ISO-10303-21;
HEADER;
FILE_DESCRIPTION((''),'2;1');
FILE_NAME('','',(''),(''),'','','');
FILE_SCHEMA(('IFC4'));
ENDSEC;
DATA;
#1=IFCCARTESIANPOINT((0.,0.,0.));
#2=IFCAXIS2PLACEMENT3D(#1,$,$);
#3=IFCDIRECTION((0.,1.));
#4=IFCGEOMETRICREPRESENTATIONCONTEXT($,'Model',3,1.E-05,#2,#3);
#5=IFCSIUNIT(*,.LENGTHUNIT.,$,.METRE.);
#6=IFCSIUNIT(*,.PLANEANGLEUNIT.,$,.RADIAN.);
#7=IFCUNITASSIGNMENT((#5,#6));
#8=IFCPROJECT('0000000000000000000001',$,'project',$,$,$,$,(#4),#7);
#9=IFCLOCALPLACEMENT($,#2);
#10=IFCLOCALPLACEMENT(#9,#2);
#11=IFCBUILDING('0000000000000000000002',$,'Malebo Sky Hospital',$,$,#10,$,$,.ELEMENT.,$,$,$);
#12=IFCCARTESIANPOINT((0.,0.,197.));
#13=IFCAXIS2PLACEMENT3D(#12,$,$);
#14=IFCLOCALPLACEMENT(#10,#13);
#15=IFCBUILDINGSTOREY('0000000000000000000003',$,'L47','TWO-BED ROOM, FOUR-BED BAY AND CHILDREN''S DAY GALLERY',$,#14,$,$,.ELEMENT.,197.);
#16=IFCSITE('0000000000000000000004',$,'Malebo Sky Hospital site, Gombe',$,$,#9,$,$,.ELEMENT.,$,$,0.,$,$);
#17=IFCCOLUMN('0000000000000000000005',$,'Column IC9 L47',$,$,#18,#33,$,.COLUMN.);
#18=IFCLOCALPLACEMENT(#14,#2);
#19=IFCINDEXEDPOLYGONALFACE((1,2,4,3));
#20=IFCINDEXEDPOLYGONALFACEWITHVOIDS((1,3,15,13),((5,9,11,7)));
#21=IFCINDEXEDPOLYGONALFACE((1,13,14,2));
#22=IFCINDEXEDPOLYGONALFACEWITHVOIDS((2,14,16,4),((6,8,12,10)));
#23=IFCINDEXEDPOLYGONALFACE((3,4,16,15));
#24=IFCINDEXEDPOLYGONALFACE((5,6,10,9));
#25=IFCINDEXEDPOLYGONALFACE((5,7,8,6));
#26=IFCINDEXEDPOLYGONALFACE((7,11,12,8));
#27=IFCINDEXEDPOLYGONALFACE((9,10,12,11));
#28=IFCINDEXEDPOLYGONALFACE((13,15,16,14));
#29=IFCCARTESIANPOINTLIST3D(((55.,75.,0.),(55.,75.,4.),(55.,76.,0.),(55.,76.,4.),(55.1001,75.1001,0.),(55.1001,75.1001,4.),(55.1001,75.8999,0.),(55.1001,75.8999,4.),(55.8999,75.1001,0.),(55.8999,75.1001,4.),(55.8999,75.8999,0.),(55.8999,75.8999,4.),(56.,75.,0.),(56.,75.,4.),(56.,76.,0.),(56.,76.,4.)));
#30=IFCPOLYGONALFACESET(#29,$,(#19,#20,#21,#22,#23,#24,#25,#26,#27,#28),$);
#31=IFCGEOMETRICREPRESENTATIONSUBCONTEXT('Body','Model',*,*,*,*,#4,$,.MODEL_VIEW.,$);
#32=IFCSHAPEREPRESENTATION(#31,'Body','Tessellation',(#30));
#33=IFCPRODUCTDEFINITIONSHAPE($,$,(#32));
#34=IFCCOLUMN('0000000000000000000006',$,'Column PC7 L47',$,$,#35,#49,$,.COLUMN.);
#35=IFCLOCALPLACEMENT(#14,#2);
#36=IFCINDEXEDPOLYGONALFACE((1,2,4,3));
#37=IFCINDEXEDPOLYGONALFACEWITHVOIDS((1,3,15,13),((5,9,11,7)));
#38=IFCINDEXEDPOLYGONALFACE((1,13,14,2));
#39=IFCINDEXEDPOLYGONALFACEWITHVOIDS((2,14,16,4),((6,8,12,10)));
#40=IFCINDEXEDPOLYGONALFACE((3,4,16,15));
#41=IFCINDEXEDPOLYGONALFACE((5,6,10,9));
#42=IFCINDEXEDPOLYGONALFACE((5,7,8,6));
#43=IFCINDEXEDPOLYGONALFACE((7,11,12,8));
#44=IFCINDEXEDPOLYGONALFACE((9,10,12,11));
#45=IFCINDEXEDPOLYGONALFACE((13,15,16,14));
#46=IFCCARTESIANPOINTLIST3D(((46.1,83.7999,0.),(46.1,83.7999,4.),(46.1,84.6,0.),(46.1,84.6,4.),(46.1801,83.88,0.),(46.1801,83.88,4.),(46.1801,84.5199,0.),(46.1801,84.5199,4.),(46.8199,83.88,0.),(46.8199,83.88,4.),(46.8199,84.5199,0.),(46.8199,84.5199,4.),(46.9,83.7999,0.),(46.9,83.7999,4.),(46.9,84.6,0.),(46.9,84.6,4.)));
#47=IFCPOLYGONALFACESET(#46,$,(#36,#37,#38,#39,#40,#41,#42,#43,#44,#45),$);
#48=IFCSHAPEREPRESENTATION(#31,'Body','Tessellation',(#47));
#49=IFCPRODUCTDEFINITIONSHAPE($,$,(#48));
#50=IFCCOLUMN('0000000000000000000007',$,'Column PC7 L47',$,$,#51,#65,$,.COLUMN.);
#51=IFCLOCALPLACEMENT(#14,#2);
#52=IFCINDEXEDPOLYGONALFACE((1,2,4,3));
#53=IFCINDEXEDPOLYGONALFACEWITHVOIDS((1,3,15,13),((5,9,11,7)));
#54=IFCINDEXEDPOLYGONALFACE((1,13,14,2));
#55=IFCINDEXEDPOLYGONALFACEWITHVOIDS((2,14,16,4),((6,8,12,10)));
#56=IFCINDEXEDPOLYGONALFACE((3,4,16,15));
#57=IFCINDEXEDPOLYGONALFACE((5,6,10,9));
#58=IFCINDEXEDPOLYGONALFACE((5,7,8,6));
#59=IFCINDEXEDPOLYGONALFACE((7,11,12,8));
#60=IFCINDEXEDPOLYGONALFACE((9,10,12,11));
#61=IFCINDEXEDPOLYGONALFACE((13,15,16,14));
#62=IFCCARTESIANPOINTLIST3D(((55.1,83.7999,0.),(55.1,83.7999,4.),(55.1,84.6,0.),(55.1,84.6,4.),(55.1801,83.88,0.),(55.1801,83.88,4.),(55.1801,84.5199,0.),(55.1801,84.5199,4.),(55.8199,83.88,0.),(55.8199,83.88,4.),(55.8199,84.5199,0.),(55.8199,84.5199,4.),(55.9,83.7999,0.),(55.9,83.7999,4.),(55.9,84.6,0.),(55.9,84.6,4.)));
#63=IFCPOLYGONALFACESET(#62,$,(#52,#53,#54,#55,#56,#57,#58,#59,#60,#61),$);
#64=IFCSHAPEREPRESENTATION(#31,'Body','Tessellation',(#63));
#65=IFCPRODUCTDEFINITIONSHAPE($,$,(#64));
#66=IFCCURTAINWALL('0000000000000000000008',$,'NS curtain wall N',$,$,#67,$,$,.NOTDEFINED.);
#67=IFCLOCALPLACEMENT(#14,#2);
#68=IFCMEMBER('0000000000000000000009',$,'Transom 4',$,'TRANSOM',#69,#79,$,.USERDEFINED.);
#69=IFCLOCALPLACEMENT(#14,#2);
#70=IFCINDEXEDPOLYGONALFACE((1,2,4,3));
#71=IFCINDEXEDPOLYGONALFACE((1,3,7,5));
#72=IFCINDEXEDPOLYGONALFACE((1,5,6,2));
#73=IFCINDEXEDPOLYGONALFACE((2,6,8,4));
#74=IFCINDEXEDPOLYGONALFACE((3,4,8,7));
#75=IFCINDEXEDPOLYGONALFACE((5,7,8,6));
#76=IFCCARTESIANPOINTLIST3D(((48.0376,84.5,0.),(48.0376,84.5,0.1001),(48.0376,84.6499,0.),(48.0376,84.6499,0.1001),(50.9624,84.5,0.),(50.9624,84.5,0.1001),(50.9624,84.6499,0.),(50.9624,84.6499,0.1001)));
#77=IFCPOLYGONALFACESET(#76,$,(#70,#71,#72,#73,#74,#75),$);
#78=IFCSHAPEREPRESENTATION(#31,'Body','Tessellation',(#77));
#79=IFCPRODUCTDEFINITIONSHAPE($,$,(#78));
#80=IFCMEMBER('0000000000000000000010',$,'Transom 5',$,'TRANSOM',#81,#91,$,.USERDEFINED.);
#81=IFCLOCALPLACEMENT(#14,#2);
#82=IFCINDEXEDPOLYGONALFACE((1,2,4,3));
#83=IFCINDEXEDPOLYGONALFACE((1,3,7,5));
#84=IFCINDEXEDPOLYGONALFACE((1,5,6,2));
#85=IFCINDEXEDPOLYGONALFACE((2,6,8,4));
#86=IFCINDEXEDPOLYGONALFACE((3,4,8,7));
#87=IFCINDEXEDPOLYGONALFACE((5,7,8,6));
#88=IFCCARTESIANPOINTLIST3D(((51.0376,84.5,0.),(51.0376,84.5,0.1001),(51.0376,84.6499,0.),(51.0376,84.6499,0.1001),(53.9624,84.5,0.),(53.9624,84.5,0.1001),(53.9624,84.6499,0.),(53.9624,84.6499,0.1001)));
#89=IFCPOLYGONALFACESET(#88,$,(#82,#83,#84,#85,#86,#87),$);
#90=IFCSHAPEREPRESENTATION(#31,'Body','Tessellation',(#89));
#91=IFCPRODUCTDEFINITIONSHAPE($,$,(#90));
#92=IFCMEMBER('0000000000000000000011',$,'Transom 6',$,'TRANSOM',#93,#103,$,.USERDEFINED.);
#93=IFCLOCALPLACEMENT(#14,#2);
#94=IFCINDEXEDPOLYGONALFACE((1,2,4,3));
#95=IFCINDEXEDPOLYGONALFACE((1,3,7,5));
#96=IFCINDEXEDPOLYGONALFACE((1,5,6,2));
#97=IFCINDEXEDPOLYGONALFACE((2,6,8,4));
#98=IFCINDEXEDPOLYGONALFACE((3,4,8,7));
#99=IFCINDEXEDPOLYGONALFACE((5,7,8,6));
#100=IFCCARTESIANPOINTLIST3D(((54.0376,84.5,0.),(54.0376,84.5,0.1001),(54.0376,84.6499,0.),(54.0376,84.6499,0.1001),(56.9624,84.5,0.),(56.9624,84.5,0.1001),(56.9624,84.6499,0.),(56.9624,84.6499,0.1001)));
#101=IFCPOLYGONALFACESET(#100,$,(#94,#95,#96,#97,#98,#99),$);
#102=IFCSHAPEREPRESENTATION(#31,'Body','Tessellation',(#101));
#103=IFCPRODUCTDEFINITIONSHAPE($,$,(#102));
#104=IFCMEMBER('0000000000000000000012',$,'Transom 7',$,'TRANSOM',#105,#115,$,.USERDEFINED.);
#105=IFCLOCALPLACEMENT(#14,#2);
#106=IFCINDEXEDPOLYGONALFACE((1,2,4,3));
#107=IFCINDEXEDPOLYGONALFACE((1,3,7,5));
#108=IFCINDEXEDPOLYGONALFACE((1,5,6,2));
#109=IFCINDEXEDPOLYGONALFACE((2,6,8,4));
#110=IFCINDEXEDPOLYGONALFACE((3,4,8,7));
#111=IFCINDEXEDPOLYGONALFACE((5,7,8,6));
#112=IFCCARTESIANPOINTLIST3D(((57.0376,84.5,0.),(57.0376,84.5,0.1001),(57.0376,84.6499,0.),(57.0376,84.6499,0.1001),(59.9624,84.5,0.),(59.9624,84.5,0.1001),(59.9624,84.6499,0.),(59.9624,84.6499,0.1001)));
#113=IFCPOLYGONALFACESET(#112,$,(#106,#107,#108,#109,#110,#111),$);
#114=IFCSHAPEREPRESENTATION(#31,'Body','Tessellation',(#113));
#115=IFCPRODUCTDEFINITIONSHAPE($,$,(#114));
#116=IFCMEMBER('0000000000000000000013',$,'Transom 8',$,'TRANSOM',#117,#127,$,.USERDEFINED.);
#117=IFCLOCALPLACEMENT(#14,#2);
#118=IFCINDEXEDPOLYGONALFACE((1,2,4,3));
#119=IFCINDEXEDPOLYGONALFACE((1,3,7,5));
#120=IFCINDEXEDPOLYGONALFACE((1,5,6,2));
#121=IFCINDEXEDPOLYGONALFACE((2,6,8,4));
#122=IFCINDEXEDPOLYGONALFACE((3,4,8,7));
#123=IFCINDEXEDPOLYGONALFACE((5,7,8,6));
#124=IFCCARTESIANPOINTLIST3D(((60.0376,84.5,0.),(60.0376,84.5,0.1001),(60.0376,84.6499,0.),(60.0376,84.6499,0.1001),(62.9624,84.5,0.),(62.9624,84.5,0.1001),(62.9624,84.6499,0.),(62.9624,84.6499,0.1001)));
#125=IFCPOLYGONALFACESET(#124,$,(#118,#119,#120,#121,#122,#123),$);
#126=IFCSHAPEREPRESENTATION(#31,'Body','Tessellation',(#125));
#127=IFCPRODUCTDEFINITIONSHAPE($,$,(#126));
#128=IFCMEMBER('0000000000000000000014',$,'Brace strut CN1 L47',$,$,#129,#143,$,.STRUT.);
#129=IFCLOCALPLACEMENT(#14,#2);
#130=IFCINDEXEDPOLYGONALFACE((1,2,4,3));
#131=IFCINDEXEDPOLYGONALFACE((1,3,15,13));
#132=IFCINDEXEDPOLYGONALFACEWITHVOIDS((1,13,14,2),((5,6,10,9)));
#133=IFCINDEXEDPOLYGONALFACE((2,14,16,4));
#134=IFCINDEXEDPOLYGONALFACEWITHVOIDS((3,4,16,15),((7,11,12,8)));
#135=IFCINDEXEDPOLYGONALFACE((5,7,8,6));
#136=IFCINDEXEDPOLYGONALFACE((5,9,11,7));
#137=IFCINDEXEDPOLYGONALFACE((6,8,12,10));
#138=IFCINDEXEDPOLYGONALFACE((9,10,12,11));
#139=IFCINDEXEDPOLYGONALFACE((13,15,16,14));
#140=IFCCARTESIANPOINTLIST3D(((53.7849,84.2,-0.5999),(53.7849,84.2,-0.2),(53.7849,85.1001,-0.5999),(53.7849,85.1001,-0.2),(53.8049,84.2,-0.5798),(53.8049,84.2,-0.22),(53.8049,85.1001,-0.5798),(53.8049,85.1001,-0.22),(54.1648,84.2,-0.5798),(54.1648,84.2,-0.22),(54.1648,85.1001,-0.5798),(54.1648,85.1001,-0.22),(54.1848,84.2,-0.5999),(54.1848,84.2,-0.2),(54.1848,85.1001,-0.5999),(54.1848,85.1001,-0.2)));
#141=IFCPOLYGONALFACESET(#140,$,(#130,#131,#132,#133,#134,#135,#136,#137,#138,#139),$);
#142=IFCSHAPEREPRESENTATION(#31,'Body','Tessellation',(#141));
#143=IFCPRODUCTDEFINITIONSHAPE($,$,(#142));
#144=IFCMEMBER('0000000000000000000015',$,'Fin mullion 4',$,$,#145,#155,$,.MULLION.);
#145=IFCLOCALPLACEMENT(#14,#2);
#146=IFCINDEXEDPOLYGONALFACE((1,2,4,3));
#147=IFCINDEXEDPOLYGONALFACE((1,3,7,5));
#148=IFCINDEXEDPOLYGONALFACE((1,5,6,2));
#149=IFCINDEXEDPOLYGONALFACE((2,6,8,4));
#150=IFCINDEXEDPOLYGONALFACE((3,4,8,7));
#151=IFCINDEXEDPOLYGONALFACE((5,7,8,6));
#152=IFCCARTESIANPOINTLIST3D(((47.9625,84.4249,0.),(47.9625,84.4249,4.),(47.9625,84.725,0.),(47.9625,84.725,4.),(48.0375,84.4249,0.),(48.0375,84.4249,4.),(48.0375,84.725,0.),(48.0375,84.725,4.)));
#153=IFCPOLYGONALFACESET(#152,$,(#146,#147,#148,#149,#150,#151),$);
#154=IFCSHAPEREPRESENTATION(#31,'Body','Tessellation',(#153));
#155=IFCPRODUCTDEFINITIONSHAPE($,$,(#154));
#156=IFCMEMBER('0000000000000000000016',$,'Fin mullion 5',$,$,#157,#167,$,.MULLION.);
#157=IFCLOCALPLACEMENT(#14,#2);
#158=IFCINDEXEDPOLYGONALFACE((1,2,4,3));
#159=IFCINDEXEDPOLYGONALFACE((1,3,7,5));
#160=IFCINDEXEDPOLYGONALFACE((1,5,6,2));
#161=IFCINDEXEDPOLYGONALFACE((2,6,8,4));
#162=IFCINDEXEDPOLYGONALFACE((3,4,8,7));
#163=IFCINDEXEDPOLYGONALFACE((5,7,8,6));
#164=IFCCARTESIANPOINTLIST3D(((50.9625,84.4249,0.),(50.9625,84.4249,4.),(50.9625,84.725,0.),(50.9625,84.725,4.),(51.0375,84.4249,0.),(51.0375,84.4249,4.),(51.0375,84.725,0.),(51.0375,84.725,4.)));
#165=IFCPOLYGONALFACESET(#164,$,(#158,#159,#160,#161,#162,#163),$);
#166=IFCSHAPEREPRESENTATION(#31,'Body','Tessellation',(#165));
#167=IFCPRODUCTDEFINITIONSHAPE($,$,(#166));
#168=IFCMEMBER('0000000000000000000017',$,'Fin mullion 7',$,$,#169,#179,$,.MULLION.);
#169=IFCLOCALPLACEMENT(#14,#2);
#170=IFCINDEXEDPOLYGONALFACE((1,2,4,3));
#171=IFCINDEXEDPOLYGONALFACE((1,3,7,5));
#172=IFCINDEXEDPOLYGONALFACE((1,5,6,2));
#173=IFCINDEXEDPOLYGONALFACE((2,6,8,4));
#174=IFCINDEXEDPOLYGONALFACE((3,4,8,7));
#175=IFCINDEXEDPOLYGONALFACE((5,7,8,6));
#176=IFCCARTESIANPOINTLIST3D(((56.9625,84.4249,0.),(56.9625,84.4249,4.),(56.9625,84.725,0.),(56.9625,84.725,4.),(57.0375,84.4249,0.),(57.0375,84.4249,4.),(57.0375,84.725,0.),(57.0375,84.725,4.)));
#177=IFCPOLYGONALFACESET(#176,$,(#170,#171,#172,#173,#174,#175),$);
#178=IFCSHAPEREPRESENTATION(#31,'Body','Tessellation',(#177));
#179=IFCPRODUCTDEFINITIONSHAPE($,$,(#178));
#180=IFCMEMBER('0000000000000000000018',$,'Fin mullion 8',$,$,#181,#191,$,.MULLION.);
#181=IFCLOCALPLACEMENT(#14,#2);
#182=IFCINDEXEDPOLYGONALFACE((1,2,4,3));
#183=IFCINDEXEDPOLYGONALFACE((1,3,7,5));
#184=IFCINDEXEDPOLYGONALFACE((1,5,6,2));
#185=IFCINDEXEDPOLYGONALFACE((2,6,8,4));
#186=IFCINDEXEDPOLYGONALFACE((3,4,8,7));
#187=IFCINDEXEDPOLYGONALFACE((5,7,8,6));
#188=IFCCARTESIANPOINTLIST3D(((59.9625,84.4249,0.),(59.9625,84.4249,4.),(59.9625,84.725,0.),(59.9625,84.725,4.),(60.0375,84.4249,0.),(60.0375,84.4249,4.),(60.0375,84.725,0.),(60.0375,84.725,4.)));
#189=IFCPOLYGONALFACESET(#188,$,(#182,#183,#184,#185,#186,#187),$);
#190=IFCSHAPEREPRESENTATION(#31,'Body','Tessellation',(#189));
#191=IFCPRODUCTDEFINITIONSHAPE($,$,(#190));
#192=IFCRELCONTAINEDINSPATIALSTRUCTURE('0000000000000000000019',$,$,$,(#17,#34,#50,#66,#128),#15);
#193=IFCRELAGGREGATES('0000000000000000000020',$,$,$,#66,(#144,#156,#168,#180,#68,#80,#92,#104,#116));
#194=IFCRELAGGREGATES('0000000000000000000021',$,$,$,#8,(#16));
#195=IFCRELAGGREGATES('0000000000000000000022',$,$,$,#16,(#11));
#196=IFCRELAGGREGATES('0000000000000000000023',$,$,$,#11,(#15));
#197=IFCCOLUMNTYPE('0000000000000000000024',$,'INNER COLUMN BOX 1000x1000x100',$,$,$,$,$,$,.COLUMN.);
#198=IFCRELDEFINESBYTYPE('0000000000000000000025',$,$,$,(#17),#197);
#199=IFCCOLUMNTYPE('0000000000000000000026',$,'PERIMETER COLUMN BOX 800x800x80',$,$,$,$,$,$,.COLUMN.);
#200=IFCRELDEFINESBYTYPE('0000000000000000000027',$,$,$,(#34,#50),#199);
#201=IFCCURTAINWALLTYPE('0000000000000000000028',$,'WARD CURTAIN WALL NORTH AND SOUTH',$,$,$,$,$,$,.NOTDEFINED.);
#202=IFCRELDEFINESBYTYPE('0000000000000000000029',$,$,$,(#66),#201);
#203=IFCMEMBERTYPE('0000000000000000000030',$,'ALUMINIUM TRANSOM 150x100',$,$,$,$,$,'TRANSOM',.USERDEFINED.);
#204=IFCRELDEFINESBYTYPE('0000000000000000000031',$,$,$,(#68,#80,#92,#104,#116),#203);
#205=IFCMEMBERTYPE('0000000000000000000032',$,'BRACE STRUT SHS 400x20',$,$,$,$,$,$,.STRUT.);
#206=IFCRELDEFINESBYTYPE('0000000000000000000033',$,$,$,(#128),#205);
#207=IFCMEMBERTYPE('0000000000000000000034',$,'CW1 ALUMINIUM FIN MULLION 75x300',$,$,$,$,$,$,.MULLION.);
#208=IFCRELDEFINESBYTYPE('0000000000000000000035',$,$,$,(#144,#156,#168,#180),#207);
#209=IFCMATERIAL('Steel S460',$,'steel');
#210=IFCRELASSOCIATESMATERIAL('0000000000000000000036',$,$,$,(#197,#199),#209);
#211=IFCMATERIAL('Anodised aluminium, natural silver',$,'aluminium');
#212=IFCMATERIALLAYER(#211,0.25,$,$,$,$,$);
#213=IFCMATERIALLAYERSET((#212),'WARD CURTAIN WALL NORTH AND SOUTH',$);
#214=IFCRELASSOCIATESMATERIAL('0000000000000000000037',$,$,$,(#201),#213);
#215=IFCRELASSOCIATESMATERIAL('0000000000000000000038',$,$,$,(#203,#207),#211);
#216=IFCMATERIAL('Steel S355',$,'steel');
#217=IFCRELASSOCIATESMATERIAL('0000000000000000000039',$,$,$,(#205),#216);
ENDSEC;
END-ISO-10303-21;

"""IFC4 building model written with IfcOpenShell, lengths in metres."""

from ifc_helpers import new_model, si_unit, direction, frame, origin, origin_2d, place, context, subcontext, project, spatial, rectangle, hollow_rectangle, extrude, material, layer, layer_set, material_profile, profile_set, type_object, element, aggregate, save


model = new_model("IFC4")

# Units and contexts
model_context = context("Model", 3, precision=1e-05, world=origin(), true_north=direction((0.0, 1.0)))
body_context = subcontext(model_context, "Body", "Model", "MODEL_VIEW")
ifc_project = project(units=[si_unit("LENGTHUNIT", "METRE"), si_unit("PLANEANGLEUNIT", "RADIAN")], contexts=[model_context])

# Site, building, storey
site_placement = place(None, origin())
site = spatial("IfcSite", under=ifc_project, at=site_placement, Name="Malebo Sky Hospital site, Gombe", CompositionType="ELEMENT", RefElevation=0.0)
building_placement = place(site_placement, origin())
building = spatial("IfcBuilding", under=site, at=building_placement, Name="Malebo Sky Hospital", CompositionType="ELEMENT")
storey_placement = place(building_placement, frame((0.0, 0.0, 197.0)))
storey = spatial("IfcBuildingStorey", under=building, at=storey_placement, Name="L47", Description="TWO-BED ROOM, FOUR-BED BAY AND CHILDREN'S DAY GALLERY", CompositionType="ELEMENT", Elevation=197.0)

# Columns
ifc_material_1 = material(Name="Steel S460", Category="steel")
ifc_material_profile_1 = material_profile(ifc_material_1, hollow_rectangle(XDim=1.0, YDim=1.0, WallThickness=0.1001, at=origin_2d()), Name="BOX 1000x1000x100")
ifc_profile_set_1 = profile_set([ifc_material_profile_1], Name="Steel S460")
column_type_1 = type_object("IfcColumnType", Name="INNER COLUMN BOX 1000x1000x100", PredefinedType="COLUMN", material=ifc_profile_set_1)
column_placement = place(storey_placement, frame((55.5, 75.5, 0.0), z_axis=(0.0, 0.0, 1.0), x_axis=(1.0, 0.0, 0.0)))
element("IfcColumn", 1, at=column_placement, inside=storey, type_object=column_type_1, Name="Column IC9 L47", PredefinedType="COLUMN", context=body_context, shape_type="SweptSolid", body=[
    extrude(hollow_rectangle(XDim=1.0, YDim=1.0, WallThickness=0.1001, at=origin_2d()), origin(), (0.0, 0.0, 1.0), 4.0),
])
ifc_material_profile_2 = material_profile(ifc_material_1, hollow_rectangle(XDim=0.8, YDim=0.8, WallThickness=0.0801, at=origin_2d()), Name="BOX 800x800x80")
ifc_profile_set_2 = profile_set([ifc_material_profile_2], Name="Steel S460")
column_type_2 = type_object("IfcColumnType", Name="PERIMETER COLUMN BOX 800x800x80", PredefinedType="COLUMN", material=ifc_profile_set_2)
for number, where, z_axis, x_axis, name in (
    (2, (46.5, 84.2, 0.0), (0.0, 0.0, 1.0), (1.0, 0.0, 0.0), "Column PC7 L47"),
    (3, (55.5, 84.2, 0.0), (0.0, 0.0, 1.0), (1.0, 0.0, 0.0), "Column PC7 L47"),
):
    element("IfcColumn", number, at=place(storey_placement, frame(where, z_axis=z_axis, x_axis=x_axis)), inside=storey, type_object=column_type_2, Name=name, PredefinedType="COLUMN", context=body_context, shape_type="SweptSolid", body=[
        extrude(hollow_rectangle(XDim=0.8, YDim=0.8, WallThickness=0.0801, at=origin_2d()), origin(), (0.0, 0.0, 1.0), 4.0),
    ])

# Curtain wall, members
ifc_material_2 = material(Name="Anodised aluminium, natural silver", Category="aluminium")
ifc_layer_1 = layer(ifc_material_2, 0.25)
ifc_layer_set_1 = layer_set([ifc_layer_1], Name="WARD CURTAIN WALL NORTH AND SOUTH")
curtain_wall_type = type_object("IfcCurtainWallType", Name="WARD CURTAIN WALL NORTH AND SOUTH", PredefinedType="NOTDEFINED", material=ifc_layer_set_1)
curtain_wall_placement = place(storey_placement, origin())
curtain_wall = element("IfcCurtainWall", 4, at=curtain_wall_placement, inside=storey, type_object=curtain_wall_type, Name="NS curtain wall N", PredefinedType="NOTDEFINED")
ifc_material_profile_3 = material_profile(ifc_material_2, rectangle(XDim=0.1499, YDim=0.1001, at=origin_2d()), Name="ALUMINIUM TRANSOM 150x100")
ifc_profile_set_3 = profile_set([ifc_material_profile_3], Name="Anodised aluminium, natural silver")
member_type_1 = type_object("IfcMemberType", Name="ALUMINIUM TRANSOM 150x100", ElementType="TRANSOM", PredefinedType="USERDEFINED", material=ifc_profile_set_3)
member_1_placement = place(storey_placement, frame((48.0376, 84.575, 0.05), z_axis=(1.0, 0.0, 0.0), x_axis=(0.0, 1.0, 0.0)))
member_1 = element("IfcMember", 5, at=member_1_placement, type_object=member_type_1, Name="Transom 4", ObjectType="TRANSOM", PredefinedType="USERDEFINED", context=body_context, shape_type="SweptSolid", body=[
    extrude(rectangle(XDim=0.1499, YDim=0.1001, at=origin_2d()), origin(), (0.0, 0.0, 1.0), 2.9248),
])
member_2_placement = place(storey_placement, frame((51.0376, 84.575, 0.05), z_axis=(1.0, 0.0, 0.0), x_axis=(0.0, 1.0, 0.0)))
member_2 = element("IfcMember", 6, at=member_2_placement, type_object=member_type_1, Name="Transom 5", ObjectType="TRANSOM", PredefinedType="USERDEFINED", context=body_context, shape_type="SweptSolid", body=[
    extrude(rectangle(XDim=0.1499, YDim=0.1001, at=origin_2d()), origin(), (0.0, 0.0, 1.0), 2.9248),
])
member_3_placement = place(storey_placement, frame((54.0376, 84.575, 0.05), z_axis=(1.0, 0.0, 0.0), x_axis=(0.0, 1.0, 0.0)))
member_3 = element("IfcMember", 7, at=member_3_placement, type_object=member_type_1, Name="Transom 6", ObjectType="TRANSOM", PredefinedType="USERDEFINED", context=body_context, shape_type="SweptSolid", body=[
    extrude(rectangle(XDim=0.1499, YDim=0.1001, at=origin_2d()), origin(), (0.0, 0.0, 1.0), 2.9248),
])
member_4_placement = place(storey_placement, frame((57.0376, 84.575, 0.05), z_axis=(1.0, 0.0, 0.0), x_axis=(0.0, 1.0, 0.0)))
member_4 = element("IfcMember", 8, at=member_4_placement, type_object=member_type_1, Name="Transom 7", ObjectType="TRANSOM", PredefinedType="USERDEFINED", context=body_context, shape_type="SweptSolid", body=[
    extrude(rectangle(XDim=0.1499, YDim=0.1001, at=origin_2d()), origin(), (0.0, 0.0, 1.0), 2.9248),
])
member_5_placement = place(storey_placement, frame((60.0376, 84.575, 0.05), z_axis=(1.0, 0.0, 0.0), x_axis=(0.0, 1.0, 0.0)))
member_5 = element("IfcMember", 9, at=member_5_placement, type_object=member_type_1, Name="Transom 8", ObjectType="TRANSOM", PredefinedType="USERDEFINED", context=body_context, shape_type="SweptSolid", body=[
    extrude(rectangle(XDim=0.1499, YDim=0.1001, at=origin_2d()), origin(), (0.0, 0.0, 1.0), 2.9248),
])

# Members
ifc_material_3 = material(Name="Steel S355", Category="steel")
ifc_material_profile_4 = material_profile(ifc_material_3, hollow_rectangle(XDim=0.3999, YDim=0.3999, WallThickness=0.02, at=origin_2d()), Name="SHS 400x20")
ifc_profile_set_4 = profile_set([ifc_material_profile_4], Name="Steel S355")
member_type_2 = type_object("IfcMemberType", Name="BRACE STRUT SHS 400x20", PredefinedType="STRUT", material=ifc_profile_set_4)
member_6_placement = place(storey_placement, frame((53.9849, 85.1001, -0.3999), z_axis=(0.0, -1.0, 0.0), x_axis=(1.0, 0.0, 0.0)))
element("IfcMember", 10, at=member_6_placement, inside=storey, type_object=member_type_2, Name="Brace strut CN1 L47", PredefinedType="STRUT", context=body_context, shape_type="SweptSolid", body=[
    extrude(hollow_rectangle(XDim=0.3999, YDim=0.3999, WallThickness=0.02, at=origin_2d()), origin(), (0.0, 0.0, 1.0), 0.9001),
])
ifc_material_profile_5 = material_profile(ifc_material_2, rectangle(XDim=0.075, YDim=0.3, at=origin_2d()), Name="CW1 ALUMINIUM FIN MULLION 75x300")
ifc_profile_set_5 = profile_set([ifc_material_profile_5], Name="Anodised aluminium, natural silver")
member_type_3 = type_object("IfcMemberType", Name="CW1 ALUMINIUM FIN MULLION 75x300", PredefinedType="MULLION", material=ifc_profile_set_5)
member_7_placement = place(storey_placement, frame((48.0, 84.575, 0.0), z_axis=(0.0, 0.0, 1.0), x_axis=(1.0, 0.0, 0.0)))
member_7 = element("IfcMember", 11, at=member_7_placement, type_object=member_type_3, Name="Fin mullion 4", PredefinedType="MULLION", context=body_context, shape_type="SweptSolid", body=[
    extrude(rectangle(XDim=0.075, YDim=0.3, at=origin_2d()), origin(), (0.0, 0.0, 1.0), 4.0),
])
member_8_placement = place(storey_placement, frame((51.0, 84.575, 0.0), z_axis=(0.0, 0.0, 1.0), x_axis=(1.0, 0.0, 0.0)))
member_8 = element("IfcMember", 12, at=member_8_placement, type_object=member_type_3, Name="Fin mullion 5", PredefinedType="MULLION", context=body_context, shape_type="SweptSolid", body=[
    extrude(rectangle(XDim=0.075, YDim=0.3, at=origin_2d()), origin(), (0.0, 0.0, 1.0), 4.0),
])
member_9_placement = place(storey_placement, frame((57.0, 84.575, 0.0), z_axis=(0.0, 0.0, 1.0), x_axis=(1.0, 0.0, 0.0)))
member_9 = element("IfcMember", 13, at=member_9_placement, type_object=member_type_3, Name="Fin mullion 7", PredefinedType="MULLION", context=body_context, shape_type="SweptSolid", body=[
    extrude(rectangle(XDim=0.075, YDim=0.3, at=origin_2d()), origin(), (0.0, 0.0, 1.0), 4.0),
])
member_10_placement = place(storey_placement, frame((60.0, 84.575, 0.0), z_axis=(0.0, 0.0, 1.0), x_axis=(1.0, 0.0, 0.0)))
member_10 = element("IfcMember", 14, at=member_10_placement, type_object=member_type_3, Name="Fin mullion 8", PredefinedType="MULLION", context=body_context, shape_type="SweptSolid", body=[
    extrude(rectangle(XDim=0.075, YDim=0.3, at=origin_2d()), origin(), (0.0, 0.0, 1.0), 4.0),
])

aggregate(curtain_wall, [member_7, member_8, member_9, member_10, member_1, member_2, member_3, member_4, member_5])

save(model, "model.ifc")
